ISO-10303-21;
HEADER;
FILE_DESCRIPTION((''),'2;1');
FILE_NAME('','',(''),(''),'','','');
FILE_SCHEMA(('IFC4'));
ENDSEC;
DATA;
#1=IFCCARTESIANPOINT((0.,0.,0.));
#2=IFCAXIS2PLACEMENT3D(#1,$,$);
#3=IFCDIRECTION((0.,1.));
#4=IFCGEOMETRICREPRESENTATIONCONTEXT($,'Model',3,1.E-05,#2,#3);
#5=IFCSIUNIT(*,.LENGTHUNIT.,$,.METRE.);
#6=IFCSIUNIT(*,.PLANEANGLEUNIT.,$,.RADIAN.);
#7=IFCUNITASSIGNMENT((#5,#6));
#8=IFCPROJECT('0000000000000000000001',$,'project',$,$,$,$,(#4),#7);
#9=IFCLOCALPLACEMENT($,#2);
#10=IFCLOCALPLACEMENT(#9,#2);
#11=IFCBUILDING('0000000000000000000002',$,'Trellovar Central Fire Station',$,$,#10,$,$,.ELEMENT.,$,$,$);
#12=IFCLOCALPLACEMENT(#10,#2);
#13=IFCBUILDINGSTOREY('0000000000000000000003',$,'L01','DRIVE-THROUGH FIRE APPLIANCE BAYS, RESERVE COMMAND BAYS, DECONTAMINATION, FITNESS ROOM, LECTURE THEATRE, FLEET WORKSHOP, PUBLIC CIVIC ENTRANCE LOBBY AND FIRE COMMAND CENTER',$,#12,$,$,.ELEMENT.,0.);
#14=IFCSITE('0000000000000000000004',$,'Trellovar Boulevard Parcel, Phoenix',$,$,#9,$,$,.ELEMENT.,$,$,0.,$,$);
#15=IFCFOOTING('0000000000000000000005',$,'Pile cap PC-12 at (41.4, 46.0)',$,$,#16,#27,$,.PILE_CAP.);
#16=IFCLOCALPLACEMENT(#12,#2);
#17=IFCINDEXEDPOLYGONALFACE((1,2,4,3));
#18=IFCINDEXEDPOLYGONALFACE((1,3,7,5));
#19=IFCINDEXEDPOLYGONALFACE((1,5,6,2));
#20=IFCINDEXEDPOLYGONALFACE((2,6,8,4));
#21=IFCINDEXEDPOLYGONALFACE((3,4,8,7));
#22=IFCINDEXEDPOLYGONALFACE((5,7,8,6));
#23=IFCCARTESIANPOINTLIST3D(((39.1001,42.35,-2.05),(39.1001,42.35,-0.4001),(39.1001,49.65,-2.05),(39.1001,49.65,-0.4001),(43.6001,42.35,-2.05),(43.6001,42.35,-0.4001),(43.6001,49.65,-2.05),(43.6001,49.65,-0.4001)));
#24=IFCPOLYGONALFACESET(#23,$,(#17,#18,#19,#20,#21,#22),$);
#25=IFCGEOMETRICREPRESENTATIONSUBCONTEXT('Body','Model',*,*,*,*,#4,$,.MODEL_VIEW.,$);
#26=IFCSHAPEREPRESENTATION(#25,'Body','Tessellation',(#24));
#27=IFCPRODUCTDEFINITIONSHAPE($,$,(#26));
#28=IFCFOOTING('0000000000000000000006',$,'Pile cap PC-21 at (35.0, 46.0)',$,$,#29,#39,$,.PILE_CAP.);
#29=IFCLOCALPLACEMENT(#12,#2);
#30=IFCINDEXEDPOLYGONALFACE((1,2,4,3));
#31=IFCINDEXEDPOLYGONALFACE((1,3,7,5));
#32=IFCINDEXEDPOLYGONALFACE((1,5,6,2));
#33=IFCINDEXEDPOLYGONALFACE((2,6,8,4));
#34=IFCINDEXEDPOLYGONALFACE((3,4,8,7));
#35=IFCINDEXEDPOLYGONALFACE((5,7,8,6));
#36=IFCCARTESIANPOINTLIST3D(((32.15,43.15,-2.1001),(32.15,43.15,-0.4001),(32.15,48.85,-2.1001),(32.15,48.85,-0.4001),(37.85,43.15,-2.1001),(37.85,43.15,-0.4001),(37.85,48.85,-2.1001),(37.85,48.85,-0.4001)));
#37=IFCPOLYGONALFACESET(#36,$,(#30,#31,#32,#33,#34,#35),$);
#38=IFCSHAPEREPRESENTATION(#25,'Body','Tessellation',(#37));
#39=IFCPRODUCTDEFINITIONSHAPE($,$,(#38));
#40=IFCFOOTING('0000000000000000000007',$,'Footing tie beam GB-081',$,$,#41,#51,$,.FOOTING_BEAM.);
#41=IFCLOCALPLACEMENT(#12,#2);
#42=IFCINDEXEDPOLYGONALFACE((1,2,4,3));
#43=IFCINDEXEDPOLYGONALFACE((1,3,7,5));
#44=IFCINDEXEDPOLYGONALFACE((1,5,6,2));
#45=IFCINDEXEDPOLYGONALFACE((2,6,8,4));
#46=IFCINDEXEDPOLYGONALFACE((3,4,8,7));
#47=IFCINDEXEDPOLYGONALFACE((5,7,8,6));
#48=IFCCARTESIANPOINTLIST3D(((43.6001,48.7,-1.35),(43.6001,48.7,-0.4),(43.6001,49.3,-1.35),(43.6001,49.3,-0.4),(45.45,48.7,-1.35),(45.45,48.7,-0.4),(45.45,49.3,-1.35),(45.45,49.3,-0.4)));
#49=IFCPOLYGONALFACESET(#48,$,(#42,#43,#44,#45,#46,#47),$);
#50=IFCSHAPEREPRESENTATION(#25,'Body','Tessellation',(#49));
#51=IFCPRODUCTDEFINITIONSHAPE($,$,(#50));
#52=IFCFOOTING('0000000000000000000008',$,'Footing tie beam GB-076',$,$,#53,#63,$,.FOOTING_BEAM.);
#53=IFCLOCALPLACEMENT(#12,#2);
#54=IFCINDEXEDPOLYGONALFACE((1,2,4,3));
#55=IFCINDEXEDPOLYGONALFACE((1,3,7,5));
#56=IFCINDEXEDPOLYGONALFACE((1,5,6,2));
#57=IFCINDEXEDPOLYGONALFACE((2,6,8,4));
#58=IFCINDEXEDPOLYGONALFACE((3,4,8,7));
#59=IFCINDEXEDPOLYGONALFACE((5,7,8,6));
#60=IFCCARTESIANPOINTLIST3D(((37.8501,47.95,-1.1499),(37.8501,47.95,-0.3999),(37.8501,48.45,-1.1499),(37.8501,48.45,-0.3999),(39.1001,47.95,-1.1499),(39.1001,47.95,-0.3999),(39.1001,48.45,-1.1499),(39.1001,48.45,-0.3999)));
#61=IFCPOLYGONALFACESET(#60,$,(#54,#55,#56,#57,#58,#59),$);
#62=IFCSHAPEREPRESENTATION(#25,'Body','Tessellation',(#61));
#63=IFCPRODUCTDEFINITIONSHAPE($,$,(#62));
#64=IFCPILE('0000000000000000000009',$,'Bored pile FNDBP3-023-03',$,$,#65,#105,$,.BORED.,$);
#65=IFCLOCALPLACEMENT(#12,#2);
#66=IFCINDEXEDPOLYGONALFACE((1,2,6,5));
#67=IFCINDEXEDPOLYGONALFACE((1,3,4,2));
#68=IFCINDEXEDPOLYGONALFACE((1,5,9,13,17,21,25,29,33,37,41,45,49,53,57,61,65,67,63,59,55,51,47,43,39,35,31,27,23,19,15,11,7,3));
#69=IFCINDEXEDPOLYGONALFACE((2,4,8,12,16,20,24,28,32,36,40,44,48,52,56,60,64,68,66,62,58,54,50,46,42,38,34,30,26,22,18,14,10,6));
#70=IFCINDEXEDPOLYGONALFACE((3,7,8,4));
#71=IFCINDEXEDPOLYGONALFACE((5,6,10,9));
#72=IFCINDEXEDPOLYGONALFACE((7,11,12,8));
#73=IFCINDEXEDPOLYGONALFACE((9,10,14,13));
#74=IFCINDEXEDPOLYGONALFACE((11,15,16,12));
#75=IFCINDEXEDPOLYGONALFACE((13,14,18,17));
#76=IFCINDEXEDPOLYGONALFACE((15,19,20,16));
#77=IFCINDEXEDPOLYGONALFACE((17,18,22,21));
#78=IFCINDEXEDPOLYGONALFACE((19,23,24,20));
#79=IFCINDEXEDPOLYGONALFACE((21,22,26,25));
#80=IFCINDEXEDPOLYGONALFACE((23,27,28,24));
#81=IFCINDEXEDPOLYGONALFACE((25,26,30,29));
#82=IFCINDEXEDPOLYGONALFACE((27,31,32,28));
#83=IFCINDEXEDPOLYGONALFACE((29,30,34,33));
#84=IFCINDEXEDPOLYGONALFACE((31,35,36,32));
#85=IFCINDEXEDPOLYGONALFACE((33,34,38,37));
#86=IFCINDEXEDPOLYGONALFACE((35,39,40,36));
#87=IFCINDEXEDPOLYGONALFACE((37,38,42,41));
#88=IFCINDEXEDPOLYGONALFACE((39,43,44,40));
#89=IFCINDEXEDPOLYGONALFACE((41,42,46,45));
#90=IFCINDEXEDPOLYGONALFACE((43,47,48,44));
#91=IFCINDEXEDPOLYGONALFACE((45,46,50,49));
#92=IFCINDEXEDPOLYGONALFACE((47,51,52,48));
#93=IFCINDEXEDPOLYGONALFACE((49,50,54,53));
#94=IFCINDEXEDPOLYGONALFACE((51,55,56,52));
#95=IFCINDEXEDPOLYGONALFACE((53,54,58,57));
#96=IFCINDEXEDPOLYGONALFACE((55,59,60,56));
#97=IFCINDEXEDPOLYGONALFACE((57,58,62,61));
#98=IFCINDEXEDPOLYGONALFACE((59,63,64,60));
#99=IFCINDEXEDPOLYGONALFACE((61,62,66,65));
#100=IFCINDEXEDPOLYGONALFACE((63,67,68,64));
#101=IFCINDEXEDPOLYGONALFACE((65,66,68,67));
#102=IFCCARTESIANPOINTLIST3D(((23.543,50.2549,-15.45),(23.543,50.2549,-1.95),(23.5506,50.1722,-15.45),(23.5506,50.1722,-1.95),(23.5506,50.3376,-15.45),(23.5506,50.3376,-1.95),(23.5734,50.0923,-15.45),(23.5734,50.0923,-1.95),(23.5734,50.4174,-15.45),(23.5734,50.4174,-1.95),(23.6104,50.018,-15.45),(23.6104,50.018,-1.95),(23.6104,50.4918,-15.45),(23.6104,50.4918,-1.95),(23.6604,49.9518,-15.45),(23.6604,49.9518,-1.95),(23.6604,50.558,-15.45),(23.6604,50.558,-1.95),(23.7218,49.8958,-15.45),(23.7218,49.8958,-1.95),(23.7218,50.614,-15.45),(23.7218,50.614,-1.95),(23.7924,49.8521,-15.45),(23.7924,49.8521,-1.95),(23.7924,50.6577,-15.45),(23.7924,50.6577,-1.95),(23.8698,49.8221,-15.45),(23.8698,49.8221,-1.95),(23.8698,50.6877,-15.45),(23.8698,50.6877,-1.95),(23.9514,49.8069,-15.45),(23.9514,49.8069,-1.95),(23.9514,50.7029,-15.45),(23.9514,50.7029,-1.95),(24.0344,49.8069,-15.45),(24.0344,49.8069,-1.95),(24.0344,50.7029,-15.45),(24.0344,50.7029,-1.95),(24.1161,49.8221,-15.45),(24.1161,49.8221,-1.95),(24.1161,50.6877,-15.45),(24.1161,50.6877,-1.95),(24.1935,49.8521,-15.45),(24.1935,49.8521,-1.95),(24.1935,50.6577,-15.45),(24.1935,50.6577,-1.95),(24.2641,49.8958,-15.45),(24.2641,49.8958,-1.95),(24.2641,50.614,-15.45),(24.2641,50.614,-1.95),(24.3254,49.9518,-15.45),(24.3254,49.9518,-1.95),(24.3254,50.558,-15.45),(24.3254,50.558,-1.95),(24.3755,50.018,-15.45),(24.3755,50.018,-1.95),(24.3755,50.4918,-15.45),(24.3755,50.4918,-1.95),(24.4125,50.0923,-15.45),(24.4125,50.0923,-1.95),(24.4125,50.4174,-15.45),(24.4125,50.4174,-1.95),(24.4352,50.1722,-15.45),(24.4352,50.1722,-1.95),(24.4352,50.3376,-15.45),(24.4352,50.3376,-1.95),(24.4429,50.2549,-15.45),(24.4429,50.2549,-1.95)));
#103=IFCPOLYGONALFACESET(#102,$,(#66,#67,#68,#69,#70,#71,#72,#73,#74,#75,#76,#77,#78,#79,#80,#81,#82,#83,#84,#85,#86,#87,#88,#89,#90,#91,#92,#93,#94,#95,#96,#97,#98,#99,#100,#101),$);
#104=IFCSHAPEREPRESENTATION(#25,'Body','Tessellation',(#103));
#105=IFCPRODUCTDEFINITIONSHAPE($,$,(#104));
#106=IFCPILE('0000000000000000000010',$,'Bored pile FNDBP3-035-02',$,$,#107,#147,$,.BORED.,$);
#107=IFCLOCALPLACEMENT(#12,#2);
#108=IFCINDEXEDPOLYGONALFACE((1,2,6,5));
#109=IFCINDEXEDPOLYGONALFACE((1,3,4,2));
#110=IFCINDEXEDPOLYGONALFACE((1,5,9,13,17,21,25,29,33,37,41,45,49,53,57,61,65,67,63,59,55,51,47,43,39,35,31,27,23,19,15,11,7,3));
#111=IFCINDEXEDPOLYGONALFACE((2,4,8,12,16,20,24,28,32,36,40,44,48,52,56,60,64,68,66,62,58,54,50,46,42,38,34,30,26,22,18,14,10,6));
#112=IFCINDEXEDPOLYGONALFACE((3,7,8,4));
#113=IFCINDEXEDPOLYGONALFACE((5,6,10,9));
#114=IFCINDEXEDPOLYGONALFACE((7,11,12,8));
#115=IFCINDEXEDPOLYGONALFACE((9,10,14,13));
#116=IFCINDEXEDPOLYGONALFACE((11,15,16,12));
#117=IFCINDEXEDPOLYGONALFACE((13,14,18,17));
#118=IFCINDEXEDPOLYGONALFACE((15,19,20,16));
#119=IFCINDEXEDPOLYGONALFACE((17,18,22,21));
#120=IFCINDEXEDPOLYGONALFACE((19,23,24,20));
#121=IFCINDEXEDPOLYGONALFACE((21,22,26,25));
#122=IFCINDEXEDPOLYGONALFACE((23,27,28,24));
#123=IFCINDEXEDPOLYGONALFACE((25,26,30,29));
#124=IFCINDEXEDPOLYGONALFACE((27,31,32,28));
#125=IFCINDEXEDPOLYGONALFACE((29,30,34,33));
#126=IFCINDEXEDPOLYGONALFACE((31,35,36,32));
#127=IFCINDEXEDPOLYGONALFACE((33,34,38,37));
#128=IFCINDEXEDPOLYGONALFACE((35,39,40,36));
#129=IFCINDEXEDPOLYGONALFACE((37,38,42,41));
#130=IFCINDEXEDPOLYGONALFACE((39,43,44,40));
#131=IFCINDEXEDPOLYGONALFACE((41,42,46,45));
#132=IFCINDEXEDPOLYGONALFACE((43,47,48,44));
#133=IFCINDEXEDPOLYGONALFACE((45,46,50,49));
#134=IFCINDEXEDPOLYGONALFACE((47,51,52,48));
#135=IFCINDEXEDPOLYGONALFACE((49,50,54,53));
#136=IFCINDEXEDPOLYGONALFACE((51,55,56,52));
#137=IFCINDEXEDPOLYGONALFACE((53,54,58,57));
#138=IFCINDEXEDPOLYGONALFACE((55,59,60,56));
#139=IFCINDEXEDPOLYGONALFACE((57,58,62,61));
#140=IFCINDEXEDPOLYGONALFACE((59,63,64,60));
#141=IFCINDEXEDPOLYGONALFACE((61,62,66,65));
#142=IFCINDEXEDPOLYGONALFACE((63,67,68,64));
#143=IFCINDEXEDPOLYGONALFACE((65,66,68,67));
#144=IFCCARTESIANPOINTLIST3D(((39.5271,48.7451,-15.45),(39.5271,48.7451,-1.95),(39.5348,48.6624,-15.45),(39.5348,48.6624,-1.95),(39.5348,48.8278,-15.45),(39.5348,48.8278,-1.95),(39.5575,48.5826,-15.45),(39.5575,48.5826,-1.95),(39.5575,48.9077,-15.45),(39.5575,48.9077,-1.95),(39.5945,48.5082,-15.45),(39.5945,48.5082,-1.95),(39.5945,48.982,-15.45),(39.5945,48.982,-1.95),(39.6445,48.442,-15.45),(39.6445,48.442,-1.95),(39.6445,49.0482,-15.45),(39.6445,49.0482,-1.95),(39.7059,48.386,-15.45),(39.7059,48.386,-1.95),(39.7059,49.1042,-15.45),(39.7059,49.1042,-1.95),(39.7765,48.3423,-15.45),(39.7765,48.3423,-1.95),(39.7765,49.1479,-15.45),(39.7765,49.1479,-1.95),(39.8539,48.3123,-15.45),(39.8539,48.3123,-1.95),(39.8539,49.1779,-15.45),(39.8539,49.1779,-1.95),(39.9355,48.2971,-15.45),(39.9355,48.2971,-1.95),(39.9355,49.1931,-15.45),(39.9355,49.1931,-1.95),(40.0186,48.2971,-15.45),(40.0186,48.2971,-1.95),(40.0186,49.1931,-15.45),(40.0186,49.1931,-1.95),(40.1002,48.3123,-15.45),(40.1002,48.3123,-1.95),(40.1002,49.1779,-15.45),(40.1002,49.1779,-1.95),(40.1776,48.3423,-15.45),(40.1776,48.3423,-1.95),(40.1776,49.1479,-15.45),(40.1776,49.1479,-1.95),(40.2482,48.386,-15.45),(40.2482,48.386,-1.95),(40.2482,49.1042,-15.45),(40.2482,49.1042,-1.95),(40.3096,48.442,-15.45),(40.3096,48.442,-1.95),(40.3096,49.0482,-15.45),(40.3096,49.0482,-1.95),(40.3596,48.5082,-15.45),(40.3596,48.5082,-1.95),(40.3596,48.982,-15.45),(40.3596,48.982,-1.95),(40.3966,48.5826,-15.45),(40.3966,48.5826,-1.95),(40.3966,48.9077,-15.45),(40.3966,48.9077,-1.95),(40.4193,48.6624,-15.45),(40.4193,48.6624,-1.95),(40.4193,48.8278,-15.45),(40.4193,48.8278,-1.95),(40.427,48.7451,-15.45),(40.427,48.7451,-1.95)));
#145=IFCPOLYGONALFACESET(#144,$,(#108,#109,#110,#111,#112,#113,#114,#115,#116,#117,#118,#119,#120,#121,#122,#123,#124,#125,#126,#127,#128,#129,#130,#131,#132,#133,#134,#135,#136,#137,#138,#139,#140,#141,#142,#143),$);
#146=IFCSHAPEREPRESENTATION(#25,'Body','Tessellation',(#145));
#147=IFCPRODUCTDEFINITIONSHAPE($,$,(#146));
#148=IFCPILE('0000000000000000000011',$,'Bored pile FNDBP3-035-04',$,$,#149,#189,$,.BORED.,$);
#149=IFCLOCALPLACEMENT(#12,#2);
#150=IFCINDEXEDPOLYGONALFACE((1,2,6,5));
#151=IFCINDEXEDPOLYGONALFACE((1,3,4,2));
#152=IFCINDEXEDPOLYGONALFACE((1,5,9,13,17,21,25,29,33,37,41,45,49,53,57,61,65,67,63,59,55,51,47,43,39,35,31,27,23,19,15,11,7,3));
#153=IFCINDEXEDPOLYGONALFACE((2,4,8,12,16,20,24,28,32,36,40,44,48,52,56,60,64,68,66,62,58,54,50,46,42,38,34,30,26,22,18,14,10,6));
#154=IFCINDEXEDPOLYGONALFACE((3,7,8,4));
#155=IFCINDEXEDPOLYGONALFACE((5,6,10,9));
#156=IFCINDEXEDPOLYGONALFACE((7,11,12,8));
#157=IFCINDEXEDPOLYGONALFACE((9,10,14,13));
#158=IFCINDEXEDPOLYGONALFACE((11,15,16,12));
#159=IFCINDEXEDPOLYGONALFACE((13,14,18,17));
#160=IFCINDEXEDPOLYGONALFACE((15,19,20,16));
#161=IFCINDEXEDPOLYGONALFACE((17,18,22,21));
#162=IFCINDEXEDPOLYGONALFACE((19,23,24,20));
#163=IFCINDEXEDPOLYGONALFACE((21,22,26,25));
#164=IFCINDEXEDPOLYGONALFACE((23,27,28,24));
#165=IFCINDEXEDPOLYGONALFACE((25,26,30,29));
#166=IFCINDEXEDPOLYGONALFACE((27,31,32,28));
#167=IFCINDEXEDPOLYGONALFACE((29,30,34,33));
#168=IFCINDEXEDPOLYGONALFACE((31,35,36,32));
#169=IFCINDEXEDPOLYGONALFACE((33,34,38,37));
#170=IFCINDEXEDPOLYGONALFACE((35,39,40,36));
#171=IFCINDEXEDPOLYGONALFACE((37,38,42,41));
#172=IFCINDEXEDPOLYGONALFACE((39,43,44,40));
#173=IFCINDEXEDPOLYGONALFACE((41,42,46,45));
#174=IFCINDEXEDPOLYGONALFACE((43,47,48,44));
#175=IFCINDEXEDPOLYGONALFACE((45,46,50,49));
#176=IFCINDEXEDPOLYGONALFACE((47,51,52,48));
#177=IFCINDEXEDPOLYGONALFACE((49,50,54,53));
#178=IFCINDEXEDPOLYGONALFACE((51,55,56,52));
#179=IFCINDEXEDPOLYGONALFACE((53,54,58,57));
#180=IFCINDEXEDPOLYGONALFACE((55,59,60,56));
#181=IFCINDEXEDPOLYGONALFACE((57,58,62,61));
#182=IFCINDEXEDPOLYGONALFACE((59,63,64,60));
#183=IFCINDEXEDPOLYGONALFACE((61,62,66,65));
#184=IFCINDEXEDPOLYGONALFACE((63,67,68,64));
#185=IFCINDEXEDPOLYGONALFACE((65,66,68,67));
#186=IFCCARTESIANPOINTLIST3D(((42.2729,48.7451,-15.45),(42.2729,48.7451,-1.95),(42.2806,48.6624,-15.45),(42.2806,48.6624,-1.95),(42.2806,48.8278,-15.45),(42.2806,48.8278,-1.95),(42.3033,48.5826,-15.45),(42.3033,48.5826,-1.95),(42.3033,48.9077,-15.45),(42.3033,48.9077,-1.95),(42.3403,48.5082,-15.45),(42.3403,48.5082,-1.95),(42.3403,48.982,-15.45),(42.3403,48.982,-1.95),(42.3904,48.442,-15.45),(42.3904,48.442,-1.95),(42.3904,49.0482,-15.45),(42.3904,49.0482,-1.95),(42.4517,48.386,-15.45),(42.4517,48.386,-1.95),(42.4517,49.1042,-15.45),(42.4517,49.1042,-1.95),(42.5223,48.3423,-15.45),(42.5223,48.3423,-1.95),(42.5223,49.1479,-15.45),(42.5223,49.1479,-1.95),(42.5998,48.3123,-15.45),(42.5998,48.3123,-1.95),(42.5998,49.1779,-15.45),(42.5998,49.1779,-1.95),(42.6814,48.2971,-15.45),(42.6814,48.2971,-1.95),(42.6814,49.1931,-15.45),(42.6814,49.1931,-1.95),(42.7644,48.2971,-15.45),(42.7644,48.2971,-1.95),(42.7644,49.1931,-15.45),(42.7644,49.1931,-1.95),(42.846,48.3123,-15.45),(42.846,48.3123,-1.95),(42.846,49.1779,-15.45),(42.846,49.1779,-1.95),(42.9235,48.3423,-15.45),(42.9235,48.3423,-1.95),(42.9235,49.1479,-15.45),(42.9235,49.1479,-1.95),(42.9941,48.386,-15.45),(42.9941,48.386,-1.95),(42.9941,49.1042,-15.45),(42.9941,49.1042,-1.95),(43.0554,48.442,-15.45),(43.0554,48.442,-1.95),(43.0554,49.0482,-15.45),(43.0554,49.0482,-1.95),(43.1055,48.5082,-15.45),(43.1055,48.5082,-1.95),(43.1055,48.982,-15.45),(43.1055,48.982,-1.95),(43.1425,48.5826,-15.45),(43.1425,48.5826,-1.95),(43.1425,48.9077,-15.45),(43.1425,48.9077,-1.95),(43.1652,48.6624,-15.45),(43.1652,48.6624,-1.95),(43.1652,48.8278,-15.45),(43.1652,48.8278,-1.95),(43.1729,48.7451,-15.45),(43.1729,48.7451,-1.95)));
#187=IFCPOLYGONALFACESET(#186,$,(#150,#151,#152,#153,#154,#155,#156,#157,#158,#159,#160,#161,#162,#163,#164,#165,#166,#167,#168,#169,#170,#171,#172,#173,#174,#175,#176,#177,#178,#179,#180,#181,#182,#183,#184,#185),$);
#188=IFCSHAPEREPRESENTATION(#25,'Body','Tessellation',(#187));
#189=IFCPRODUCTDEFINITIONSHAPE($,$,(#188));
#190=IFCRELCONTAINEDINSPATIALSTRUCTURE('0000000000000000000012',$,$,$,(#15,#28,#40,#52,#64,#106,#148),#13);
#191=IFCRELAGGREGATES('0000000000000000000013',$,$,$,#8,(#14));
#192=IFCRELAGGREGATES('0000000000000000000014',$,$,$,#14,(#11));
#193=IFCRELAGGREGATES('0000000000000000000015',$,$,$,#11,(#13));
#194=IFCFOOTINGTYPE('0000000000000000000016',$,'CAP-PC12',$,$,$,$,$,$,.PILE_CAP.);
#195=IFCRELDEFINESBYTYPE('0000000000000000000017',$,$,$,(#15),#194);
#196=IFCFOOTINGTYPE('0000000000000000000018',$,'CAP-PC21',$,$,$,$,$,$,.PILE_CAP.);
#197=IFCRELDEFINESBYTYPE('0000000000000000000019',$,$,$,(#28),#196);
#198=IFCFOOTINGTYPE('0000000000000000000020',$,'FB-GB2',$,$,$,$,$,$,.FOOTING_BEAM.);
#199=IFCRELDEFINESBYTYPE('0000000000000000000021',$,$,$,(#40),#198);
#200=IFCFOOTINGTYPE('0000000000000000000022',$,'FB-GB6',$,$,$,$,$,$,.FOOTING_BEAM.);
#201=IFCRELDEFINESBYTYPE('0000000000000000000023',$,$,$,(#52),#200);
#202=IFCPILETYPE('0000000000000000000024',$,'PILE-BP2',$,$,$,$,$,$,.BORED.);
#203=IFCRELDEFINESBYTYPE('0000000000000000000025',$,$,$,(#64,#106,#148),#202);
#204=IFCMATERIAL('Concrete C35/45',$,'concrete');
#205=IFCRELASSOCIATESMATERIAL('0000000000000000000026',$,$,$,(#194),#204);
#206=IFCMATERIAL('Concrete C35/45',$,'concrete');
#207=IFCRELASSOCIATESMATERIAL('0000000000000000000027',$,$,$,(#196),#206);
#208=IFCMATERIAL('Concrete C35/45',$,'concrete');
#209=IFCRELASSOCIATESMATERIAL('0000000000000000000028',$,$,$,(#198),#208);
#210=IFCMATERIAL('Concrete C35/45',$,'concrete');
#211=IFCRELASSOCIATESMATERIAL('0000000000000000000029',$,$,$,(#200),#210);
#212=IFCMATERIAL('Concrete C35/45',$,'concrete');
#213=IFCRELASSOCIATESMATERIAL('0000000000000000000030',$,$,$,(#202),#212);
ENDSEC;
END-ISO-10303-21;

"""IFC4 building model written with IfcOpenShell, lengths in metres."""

from ifc_helpers import new_model, si_unit, direction, frame, origin, origin_2d, place, context, subcontext, project, spatial, rectangle, circle, extrude, material, material_profile, profile_set, type_object, element, save


model = new_model("IFC4")

# Units and contexts
model_context = context("Model", 3, precision=1e-05, world=origin(), true_north=direction((0.0, 1.0)))
body_context = subcontext(model_context, "Body", "Model", "MODEL_VIEW")
ifc_project = project(units=[si_unit("LENGTHUNIT", "METRE"), si_unit("PLANEANGLEUNIT", "RADIAN")], contexts=[model_context])

# Site, building, storey
site_placement = place(None, origin())
site = spatial("IfcSite", under=ifc_project, at=site_placement, Name="Trellovar Boulevard Parcel, Phoenix", CompositionType="ELEMENT", RefElevation=0.0)
building_placement = place(site_placement, origin())
building = spatial("IfcBuilding", under=site, at=building_placement, Name="Trellovar Central Fire Station", CompositionType="ELEMENT")
storey_placement = place(building_placement, origin())
storey = spatial("IfcBuildingStorey", under=building, at=storey_placement, Name="L01", Description="DRIVE-THROUGH FIRE APPLIANCE BAYS, RESERVE COMMAND BAYS, DECONTAMINATION, FITNESS ROOM, LECTURE THEATRE, FLEET WORKSHOP, PUBLIC CIVIC ENTRANCE LOBBY AND FIRE COMMAND CENTER", CompositionType="ELEMENT", Elevation=0.0)

# Footings
ifc_material_1 = material(Name="Concrete C35/45", Category="concrete")
footing_type_1 = type_object("IfcFootingType", Name="CAP-PC12", PredefinedType="PILE_CAP", material=ifc_material_1)
footing_1_placement = place(storey_placement, frame((41.3501, 46.0, -2.05), z_axis=(0.0, 0.0, 1.0), x_axis=(1.0, 0.0, 0.0)))
element("IfcFooting", 1, at=footing_1_placement, inside=storey, type_object=footing_type_1, Name="Pile cap PC-12 at (41.4, 46.0)", PredefinedType="PILE_CAP", context=body_context, shape_type="SweptSolid", body=[
    extrude(rectangle(XDim=4.5, YDim=7.3, at=origin_2d()), origin(), (0.0, 0.0, 1.0), 1.6499),
])
ifc_material_2 = material(Name="Concrete C35/45", Category="concrete")
footing_type_2 = type_object("IfcFootingType", Name="CAP-PC21", PredefinedType="PILE_CAP", material=ifc_material_2)
footing_2_placement = place(storey_placement, frame((35.0, 46.0, -2.1001), z_axis=(0.0, 0.0, 1.0), x_axis=(1.0, 0.0, 0.0)))
element("IfcFooting", 2, at=footing_2_placement, inside=storey, type_object=footing_type_2, Name="Pile cap PC-21 at (35.0, 46.0)", PredefinedType="PILE_CAP", context=body_context, shape_type="SweptSolid", body=[
    extrude(rectangle(XDim=5.7, YDim=5.7, at=origin_2d()), origin(), (0.0, 0.0, 1.0), 1.7),
])
ifc_material_3 = material(Name="Concrete C35/45", Category="concrete")
ifc_material_profile_1 = material_profile(ifc_material_3, rectangle(XDim=0.6001, YDim=0.95, at=origin_2d()), Name="RC600X950")
ifc_profile_set_1 = profile_set([ifc_material_profile_1], Name="Concrete C35/45")
footing_type_3 = type_object("IfcFootingType", Name="FB-GB2", PredefinedType="FOOTING_BEAM", material=ifc_profile_set_1)
footing_3_placement = place(storey_placement, frame((43.6001, 49.0, -0.875), z_axis=(1.0, 0.0, 0.0), x_axis=(0.0, 1.0, 0.0)))
element("IfcFooting", 3, at=footing_3_placement, inside=storey, type_object=footing_type_3, Name="Footing tie beam GB-081", PredefinedType="FOOTING_BEAM", context=body_context, shape_type="SweptSolid", body=[
    extrude(rectangle(XDim=0.6001, YDim=0.95, at=origin_2d()), origin(), (0.0, 0.0, 1.0), 1.8499),
])
ifc_material_4 = material(Name="Concrete C35/45", Category="concrete")
ifc_material_profile_2 = material_profile(ifc_material_4, rectangle(XDim=0.5, YDim=0.75, at=origin_2d()), Name="RC500X750")
ifc_profile_set_2 = profile_set([ifc_material_profile_2], Name="Concrete C35/45")
footing_type_4 = type_object("IfcFootingType", Name="FB-GB6", PredefinedType="FOOTING_BEAM", material=ifc_profile_set_2)
footing_4_placement = place(storey_placement, frame((37.8501, 48.2, -0.7749), z_axis=(1.0, 0.0, 0.0), x_axis=(0.0, 1.0, 0.0)))
element("IfcFooting", 4, at=footing_4_placement, inside=storey, type_object=footing_type_4, Name="Footing tie beam GB-076", PredefinedType="FOOTING_BEAM", context=body_context, shape_type="SweptSolid", body=[
    extrude(rectangle(XDim=0.5, YDim=0.75, at=origin_2d()), origin(), (0.0, 0.0, 1.0), 1.25),
])

# Piles
ifc_material_5 = material(Name="Concrete C35/45", Category="concrete")
ifc_material_profile_3 = material_profile(ifc_material_5, circle(Radius=0.45, at=origin_2d()), Name="PILE900")
ifc_profile_set_3 = profile_set([ifc_material_profile_3], Name="Concrete C35/45")
pile_type_1 = type_object("IfcPileType", Name="PILE-BP2", PredefinedType="BORED", material=ifc_profile_set_3)
for number, where, z_axis, x_axis, name in (
    (5, (23.9929, 50.2549, -1.95), (0.0, 0.0, -1.0), (1.0, 0.0, 0.0), "Bored pile FNDBP3-023-03"),
    (6, (39.9771, 48.7451, -1.95), (0.0, 0.0, -1.0), (1.0, 0.0, 0.0), "Bored pile FNDBP3-035-02"),
    (7, (42.7229, 48.7451, -1.95), (0.0, 0.0, -1.0), (1.0, 0.0, 0.0), "Bored pile FNDBP3-035-04"),
):
    element("IfcPile", number, at=place(storey_placement, frame(where, z_axis=z_axis, x_axis=x_axis)), inside=storey, type_object=pile_type_1, Name=name, PredefinedType="BORED", context=body_context, shape_type="SweptSolid", body=[
        extrude(circle(Radius=0.45, at=origin_2d()), origin(), (0.0, 0.0, 1.0), 13.5),
    ])

save(model, "model.ifc")
